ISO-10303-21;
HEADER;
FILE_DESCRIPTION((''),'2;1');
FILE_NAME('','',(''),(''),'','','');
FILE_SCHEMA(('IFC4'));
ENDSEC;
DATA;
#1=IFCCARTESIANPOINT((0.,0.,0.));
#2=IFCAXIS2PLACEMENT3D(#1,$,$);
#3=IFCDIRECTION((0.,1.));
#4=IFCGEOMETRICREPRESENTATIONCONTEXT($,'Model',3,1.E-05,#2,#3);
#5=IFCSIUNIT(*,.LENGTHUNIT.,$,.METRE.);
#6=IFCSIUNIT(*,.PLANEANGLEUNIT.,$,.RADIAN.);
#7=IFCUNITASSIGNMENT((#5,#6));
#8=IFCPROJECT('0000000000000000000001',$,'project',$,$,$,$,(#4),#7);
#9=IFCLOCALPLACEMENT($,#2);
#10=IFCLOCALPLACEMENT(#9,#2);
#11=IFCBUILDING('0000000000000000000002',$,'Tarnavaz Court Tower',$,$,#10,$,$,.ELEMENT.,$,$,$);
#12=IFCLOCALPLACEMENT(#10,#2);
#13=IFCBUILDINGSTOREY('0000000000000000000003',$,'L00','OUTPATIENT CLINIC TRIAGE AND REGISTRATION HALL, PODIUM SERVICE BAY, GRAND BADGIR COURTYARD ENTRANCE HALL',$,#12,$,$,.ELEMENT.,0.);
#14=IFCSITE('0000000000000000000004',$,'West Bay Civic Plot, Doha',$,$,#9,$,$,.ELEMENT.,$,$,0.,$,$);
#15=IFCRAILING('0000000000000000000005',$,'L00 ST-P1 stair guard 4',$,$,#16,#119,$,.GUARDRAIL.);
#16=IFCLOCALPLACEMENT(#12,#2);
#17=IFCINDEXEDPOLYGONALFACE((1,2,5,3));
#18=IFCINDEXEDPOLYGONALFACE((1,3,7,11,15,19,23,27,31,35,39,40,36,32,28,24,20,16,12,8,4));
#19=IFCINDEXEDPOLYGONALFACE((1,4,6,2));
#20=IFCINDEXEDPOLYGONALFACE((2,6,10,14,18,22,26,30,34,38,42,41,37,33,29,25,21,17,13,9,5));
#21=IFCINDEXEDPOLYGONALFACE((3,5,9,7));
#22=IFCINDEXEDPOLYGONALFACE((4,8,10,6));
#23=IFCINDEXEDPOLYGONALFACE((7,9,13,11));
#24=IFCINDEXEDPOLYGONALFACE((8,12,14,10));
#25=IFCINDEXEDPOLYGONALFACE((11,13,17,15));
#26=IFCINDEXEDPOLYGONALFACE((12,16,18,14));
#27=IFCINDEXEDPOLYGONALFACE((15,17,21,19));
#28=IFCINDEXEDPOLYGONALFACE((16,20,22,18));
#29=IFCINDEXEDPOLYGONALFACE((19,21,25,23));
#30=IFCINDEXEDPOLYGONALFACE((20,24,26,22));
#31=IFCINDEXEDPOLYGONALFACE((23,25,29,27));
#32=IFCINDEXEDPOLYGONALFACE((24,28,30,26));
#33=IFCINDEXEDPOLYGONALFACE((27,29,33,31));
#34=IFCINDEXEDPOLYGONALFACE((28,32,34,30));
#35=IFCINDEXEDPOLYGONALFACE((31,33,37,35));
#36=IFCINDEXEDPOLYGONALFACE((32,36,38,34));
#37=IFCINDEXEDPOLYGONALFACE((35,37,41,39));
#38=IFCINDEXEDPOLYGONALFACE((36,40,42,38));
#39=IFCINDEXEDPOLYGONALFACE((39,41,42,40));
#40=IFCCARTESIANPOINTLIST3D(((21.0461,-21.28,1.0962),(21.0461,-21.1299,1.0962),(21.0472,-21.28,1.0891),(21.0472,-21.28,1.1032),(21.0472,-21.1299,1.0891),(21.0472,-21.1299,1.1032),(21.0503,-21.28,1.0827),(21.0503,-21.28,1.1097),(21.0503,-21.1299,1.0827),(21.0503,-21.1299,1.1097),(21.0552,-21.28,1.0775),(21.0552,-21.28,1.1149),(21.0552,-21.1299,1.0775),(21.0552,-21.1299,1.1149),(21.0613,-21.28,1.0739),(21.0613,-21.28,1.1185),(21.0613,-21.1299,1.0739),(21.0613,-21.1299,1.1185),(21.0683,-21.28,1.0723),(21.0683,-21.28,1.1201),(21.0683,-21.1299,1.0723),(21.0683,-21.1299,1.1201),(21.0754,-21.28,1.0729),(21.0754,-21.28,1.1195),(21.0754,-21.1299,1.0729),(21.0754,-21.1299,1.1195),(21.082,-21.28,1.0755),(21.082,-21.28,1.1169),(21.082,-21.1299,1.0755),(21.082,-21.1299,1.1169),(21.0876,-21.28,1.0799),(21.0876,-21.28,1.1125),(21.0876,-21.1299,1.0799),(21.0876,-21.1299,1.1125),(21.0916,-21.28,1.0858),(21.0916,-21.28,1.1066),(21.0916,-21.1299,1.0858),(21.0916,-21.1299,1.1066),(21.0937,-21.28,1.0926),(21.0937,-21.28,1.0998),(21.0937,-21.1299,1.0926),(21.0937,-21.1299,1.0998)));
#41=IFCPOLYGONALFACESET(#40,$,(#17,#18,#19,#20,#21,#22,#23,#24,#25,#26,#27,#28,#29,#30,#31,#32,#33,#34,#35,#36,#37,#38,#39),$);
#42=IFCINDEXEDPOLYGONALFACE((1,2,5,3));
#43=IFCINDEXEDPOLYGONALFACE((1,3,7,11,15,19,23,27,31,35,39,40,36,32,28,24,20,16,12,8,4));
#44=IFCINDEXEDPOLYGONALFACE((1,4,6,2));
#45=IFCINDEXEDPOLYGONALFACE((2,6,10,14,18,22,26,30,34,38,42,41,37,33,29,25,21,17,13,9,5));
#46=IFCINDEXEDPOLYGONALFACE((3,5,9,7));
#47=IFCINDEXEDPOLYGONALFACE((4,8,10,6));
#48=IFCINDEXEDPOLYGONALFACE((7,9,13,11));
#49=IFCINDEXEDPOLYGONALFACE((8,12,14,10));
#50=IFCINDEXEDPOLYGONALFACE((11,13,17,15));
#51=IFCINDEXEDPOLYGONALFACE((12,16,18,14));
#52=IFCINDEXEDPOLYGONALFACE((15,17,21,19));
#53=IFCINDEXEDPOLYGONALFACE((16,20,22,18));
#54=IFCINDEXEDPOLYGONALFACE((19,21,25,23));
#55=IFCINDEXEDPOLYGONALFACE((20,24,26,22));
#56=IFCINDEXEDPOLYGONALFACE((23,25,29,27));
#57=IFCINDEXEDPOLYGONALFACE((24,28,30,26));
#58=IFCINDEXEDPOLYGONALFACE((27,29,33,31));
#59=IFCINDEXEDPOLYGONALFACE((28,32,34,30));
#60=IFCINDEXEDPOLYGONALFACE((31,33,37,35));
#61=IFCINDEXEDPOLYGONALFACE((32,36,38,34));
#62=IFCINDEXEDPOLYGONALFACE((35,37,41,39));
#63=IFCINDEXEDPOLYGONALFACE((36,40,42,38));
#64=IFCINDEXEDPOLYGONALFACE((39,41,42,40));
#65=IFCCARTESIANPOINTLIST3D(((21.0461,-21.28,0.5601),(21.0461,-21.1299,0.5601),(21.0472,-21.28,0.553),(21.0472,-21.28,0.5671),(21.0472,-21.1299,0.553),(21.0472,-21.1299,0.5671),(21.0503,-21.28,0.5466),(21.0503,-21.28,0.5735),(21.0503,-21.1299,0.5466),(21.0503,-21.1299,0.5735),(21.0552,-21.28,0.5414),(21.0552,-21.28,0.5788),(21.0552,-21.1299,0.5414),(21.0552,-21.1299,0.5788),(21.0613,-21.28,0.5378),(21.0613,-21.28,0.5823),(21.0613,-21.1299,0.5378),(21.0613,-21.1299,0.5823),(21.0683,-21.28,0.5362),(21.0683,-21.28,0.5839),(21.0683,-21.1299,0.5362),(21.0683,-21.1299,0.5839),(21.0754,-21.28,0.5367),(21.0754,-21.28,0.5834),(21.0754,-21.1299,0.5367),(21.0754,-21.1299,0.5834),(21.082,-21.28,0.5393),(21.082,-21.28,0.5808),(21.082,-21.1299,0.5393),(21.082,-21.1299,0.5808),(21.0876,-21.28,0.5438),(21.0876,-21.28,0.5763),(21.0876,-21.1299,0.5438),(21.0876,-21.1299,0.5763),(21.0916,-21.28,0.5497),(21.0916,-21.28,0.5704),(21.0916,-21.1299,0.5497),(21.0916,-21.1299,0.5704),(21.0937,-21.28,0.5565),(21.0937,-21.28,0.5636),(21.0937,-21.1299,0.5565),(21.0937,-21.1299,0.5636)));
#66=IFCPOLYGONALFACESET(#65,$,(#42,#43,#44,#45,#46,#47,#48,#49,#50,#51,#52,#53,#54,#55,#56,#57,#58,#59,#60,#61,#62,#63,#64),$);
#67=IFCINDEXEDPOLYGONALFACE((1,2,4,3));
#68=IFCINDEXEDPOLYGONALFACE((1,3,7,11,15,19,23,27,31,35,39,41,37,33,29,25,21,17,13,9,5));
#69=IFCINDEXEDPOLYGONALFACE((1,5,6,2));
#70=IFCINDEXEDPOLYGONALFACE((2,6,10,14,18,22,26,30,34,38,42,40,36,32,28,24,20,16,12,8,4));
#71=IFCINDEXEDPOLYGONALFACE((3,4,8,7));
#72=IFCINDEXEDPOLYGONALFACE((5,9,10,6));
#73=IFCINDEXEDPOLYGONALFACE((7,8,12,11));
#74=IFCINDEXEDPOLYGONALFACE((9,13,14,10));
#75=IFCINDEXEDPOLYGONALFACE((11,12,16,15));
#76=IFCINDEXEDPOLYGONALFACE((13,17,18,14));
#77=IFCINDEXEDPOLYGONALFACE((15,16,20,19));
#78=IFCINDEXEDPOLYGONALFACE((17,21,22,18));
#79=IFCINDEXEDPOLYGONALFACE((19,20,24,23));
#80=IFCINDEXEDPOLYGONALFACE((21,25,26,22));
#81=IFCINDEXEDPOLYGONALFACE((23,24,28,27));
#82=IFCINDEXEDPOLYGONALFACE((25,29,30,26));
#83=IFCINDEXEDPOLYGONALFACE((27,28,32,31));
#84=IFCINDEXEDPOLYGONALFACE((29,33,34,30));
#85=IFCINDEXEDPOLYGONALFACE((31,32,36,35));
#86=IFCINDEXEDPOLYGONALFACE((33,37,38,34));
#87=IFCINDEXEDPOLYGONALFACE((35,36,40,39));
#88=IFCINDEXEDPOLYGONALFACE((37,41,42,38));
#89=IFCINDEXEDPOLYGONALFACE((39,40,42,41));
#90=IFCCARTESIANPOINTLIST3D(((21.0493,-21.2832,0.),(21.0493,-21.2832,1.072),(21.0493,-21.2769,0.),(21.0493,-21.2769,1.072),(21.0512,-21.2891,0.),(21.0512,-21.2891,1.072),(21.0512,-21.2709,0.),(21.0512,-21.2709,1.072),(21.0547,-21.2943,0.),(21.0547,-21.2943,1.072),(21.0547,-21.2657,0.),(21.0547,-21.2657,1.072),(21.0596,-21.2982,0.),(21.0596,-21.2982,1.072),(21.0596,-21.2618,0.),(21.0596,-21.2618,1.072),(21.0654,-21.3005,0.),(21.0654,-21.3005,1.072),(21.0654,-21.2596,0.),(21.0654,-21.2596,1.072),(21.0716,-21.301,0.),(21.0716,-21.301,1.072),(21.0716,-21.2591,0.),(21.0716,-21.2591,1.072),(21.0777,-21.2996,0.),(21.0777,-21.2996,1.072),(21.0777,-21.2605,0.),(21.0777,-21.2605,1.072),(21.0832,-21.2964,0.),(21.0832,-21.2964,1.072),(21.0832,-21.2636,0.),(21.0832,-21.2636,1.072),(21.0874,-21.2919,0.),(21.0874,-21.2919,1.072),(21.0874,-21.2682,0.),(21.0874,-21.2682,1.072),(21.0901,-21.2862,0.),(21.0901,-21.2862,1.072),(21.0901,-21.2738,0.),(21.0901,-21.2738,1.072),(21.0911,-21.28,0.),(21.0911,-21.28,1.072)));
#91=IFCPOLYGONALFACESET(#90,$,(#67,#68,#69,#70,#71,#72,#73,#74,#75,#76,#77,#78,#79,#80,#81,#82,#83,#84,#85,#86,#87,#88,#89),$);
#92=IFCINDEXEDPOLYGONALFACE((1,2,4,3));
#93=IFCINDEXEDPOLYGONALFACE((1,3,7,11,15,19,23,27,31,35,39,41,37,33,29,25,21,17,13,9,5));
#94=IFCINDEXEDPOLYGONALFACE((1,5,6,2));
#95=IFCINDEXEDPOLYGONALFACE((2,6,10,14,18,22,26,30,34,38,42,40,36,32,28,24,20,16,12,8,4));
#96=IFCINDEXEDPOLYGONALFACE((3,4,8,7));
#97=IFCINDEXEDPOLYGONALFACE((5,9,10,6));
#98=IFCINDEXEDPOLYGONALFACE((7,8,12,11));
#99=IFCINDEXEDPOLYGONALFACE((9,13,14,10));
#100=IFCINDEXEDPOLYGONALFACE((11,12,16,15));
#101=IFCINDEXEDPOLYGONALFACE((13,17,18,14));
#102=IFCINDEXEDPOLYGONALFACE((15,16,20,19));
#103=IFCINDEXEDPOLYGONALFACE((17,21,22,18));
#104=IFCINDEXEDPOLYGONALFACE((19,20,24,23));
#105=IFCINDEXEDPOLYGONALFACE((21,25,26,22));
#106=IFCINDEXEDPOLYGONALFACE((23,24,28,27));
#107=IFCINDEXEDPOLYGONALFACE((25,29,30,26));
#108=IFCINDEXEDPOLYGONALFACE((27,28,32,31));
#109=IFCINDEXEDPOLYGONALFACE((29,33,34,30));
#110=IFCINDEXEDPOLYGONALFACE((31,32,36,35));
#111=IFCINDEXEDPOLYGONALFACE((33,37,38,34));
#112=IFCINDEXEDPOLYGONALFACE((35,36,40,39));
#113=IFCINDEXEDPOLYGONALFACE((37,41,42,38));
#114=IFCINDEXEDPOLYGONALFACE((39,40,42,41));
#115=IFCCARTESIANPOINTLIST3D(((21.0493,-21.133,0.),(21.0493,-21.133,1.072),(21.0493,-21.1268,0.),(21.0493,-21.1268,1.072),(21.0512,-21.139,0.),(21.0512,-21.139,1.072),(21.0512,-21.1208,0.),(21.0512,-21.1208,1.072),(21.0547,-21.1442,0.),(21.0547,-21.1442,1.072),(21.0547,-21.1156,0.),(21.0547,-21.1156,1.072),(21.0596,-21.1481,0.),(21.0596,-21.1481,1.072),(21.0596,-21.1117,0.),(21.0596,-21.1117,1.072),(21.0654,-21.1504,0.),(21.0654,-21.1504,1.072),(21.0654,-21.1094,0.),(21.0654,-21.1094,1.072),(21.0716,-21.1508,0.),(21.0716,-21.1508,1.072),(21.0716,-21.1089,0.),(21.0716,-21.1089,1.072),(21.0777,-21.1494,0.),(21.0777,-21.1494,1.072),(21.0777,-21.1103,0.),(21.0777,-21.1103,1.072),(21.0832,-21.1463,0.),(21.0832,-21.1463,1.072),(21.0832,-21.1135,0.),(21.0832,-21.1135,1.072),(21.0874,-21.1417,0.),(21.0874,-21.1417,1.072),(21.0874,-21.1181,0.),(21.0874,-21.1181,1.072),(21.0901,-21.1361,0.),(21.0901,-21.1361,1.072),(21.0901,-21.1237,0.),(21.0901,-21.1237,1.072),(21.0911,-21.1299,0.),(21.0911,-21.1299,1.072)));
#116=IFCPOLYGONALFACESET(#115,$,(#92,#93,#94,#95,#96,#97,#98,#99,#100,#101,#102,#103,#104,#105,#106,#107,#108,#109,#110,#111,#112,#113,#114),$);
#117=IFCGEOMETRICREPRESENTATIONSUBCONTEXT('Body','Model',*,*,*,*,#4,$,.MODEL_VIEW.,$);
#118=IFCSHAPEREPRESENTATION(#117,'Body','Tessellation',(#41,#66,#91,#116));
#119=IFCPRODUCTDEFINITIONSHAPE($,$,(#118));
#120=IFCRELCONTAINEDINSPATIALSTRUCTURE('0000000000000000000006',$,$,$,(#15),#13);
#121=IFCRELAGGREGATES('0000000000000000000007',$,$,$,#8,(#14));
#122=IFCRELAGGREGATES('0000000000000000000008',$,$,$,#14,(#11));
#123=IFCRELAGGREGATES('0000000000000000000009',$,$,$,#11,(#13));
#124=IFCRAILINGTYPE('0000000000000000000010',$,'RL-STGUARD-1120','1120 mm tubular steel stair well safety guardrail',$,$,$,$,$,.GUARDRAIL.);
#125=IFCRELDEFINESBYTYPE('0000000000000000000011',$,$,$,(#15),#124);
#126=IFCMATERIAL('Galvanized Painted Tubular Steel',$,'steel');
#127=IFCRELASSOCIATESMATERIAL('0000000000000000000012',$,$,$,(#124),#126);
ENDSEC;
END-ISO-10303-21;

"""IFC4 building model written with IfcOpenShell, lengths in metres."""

from ifc_helpers import new_model, si_unit, direction, frame, origin, origin_2d, place, context, subcontext, project, spatial, circle, extrude, material, type_object, element, save


model = new_model("IFC4")

# Units and contexts
model_context = context("Model", 3, precision=1e-05, world=origin(), true_north=direction((0.0, 1.0)))
body_context = subcontext(model_context, "Body", "Model", "MODEL_VIEW")
ifc_project = project(units=[si_unit("LENGTHUNIT", "METRE"), si_unit("PLANEANGLEUNIT", "RADIAN")], contexts=[model_context])

# Site, building, storey
site_placement = place(None, origin())
site = spatial("IfcSite", under=ifc_project, at=site_placement, Name="West Bay Civic Plot, Doha", CompositionType="ELEMENT", RefElevation=0.0)
building_placement = place(site_placement, origin())
building = spatial("IfcBuilding", under=site, at=building_placement, Name="Tarnavaz Court Tower", CompositionType="ELEMENT")
storey_placement = place(building_placement, origin())
storey = spatial("IfcBuildingStorey", under=building, at=storey_placement, Name="L00", Description="OUTPATIENT CLINIC TRIAGE AND REGISTRATION HALL, PODIUM SERVICE BAY, GRAND BADGIR COURTYARD ENTRANCE HALL", CompositionType="ELEMENT", Elevation=0.0)

# Railing
ifc_material_1 = material(Name="Galvanized Painted Tubular Steel", Category="steel")
railing_type_1 = type_object("IfcRailingType", Name="RL-STGUARD-1120", Description="1120 mm tubular steel stair well safety guardrail", PredefinedType="GUARDRAIL", material=ifc_material_1)
railing_1_placement = place(storey_placement, frame((21.0701, -21.28, 0.0)))
element("IfcRailing", 1, at=railing_1_placement, inside=storey, type_object=railing_type_1, Name="L00 ST-P1 stair guard 4", PredefinedType="GUARDRAIL", context=body_context, shape_type="SweptSolid", body=[
    extrude(circle(Radius=0.0239, at=origin_2d()), frame((0.0, 0.0, 1.0962), z_axis=(0.0, 1.0, 0.0), x_axis=(-1.0, 0.0, 0.0)), (0.0, 0.0, 1.0), 0.1501),
    extrude(circle(Radius=0.0239, at=origin_2d()), frame((0.0, 0.0, 0.5601), z_axis=(0.0, 1.0, 0.0), x_axis=(-1.0, 0.0, 0.0)), (0.0, 0.0, 1.0), 0.1501),
    extrude(circle(Radius=0.021, at=origin_2d()), origin(), (0.0, 0.0, 1.0), 1.072),
    extrude(circle(Radius=0.021, at=origin_2d()), frame((0.0, 0.1501, 0.0)), (0.0, 0.0, 1.0), 1.072),
])

save(model, "model.ifc")
